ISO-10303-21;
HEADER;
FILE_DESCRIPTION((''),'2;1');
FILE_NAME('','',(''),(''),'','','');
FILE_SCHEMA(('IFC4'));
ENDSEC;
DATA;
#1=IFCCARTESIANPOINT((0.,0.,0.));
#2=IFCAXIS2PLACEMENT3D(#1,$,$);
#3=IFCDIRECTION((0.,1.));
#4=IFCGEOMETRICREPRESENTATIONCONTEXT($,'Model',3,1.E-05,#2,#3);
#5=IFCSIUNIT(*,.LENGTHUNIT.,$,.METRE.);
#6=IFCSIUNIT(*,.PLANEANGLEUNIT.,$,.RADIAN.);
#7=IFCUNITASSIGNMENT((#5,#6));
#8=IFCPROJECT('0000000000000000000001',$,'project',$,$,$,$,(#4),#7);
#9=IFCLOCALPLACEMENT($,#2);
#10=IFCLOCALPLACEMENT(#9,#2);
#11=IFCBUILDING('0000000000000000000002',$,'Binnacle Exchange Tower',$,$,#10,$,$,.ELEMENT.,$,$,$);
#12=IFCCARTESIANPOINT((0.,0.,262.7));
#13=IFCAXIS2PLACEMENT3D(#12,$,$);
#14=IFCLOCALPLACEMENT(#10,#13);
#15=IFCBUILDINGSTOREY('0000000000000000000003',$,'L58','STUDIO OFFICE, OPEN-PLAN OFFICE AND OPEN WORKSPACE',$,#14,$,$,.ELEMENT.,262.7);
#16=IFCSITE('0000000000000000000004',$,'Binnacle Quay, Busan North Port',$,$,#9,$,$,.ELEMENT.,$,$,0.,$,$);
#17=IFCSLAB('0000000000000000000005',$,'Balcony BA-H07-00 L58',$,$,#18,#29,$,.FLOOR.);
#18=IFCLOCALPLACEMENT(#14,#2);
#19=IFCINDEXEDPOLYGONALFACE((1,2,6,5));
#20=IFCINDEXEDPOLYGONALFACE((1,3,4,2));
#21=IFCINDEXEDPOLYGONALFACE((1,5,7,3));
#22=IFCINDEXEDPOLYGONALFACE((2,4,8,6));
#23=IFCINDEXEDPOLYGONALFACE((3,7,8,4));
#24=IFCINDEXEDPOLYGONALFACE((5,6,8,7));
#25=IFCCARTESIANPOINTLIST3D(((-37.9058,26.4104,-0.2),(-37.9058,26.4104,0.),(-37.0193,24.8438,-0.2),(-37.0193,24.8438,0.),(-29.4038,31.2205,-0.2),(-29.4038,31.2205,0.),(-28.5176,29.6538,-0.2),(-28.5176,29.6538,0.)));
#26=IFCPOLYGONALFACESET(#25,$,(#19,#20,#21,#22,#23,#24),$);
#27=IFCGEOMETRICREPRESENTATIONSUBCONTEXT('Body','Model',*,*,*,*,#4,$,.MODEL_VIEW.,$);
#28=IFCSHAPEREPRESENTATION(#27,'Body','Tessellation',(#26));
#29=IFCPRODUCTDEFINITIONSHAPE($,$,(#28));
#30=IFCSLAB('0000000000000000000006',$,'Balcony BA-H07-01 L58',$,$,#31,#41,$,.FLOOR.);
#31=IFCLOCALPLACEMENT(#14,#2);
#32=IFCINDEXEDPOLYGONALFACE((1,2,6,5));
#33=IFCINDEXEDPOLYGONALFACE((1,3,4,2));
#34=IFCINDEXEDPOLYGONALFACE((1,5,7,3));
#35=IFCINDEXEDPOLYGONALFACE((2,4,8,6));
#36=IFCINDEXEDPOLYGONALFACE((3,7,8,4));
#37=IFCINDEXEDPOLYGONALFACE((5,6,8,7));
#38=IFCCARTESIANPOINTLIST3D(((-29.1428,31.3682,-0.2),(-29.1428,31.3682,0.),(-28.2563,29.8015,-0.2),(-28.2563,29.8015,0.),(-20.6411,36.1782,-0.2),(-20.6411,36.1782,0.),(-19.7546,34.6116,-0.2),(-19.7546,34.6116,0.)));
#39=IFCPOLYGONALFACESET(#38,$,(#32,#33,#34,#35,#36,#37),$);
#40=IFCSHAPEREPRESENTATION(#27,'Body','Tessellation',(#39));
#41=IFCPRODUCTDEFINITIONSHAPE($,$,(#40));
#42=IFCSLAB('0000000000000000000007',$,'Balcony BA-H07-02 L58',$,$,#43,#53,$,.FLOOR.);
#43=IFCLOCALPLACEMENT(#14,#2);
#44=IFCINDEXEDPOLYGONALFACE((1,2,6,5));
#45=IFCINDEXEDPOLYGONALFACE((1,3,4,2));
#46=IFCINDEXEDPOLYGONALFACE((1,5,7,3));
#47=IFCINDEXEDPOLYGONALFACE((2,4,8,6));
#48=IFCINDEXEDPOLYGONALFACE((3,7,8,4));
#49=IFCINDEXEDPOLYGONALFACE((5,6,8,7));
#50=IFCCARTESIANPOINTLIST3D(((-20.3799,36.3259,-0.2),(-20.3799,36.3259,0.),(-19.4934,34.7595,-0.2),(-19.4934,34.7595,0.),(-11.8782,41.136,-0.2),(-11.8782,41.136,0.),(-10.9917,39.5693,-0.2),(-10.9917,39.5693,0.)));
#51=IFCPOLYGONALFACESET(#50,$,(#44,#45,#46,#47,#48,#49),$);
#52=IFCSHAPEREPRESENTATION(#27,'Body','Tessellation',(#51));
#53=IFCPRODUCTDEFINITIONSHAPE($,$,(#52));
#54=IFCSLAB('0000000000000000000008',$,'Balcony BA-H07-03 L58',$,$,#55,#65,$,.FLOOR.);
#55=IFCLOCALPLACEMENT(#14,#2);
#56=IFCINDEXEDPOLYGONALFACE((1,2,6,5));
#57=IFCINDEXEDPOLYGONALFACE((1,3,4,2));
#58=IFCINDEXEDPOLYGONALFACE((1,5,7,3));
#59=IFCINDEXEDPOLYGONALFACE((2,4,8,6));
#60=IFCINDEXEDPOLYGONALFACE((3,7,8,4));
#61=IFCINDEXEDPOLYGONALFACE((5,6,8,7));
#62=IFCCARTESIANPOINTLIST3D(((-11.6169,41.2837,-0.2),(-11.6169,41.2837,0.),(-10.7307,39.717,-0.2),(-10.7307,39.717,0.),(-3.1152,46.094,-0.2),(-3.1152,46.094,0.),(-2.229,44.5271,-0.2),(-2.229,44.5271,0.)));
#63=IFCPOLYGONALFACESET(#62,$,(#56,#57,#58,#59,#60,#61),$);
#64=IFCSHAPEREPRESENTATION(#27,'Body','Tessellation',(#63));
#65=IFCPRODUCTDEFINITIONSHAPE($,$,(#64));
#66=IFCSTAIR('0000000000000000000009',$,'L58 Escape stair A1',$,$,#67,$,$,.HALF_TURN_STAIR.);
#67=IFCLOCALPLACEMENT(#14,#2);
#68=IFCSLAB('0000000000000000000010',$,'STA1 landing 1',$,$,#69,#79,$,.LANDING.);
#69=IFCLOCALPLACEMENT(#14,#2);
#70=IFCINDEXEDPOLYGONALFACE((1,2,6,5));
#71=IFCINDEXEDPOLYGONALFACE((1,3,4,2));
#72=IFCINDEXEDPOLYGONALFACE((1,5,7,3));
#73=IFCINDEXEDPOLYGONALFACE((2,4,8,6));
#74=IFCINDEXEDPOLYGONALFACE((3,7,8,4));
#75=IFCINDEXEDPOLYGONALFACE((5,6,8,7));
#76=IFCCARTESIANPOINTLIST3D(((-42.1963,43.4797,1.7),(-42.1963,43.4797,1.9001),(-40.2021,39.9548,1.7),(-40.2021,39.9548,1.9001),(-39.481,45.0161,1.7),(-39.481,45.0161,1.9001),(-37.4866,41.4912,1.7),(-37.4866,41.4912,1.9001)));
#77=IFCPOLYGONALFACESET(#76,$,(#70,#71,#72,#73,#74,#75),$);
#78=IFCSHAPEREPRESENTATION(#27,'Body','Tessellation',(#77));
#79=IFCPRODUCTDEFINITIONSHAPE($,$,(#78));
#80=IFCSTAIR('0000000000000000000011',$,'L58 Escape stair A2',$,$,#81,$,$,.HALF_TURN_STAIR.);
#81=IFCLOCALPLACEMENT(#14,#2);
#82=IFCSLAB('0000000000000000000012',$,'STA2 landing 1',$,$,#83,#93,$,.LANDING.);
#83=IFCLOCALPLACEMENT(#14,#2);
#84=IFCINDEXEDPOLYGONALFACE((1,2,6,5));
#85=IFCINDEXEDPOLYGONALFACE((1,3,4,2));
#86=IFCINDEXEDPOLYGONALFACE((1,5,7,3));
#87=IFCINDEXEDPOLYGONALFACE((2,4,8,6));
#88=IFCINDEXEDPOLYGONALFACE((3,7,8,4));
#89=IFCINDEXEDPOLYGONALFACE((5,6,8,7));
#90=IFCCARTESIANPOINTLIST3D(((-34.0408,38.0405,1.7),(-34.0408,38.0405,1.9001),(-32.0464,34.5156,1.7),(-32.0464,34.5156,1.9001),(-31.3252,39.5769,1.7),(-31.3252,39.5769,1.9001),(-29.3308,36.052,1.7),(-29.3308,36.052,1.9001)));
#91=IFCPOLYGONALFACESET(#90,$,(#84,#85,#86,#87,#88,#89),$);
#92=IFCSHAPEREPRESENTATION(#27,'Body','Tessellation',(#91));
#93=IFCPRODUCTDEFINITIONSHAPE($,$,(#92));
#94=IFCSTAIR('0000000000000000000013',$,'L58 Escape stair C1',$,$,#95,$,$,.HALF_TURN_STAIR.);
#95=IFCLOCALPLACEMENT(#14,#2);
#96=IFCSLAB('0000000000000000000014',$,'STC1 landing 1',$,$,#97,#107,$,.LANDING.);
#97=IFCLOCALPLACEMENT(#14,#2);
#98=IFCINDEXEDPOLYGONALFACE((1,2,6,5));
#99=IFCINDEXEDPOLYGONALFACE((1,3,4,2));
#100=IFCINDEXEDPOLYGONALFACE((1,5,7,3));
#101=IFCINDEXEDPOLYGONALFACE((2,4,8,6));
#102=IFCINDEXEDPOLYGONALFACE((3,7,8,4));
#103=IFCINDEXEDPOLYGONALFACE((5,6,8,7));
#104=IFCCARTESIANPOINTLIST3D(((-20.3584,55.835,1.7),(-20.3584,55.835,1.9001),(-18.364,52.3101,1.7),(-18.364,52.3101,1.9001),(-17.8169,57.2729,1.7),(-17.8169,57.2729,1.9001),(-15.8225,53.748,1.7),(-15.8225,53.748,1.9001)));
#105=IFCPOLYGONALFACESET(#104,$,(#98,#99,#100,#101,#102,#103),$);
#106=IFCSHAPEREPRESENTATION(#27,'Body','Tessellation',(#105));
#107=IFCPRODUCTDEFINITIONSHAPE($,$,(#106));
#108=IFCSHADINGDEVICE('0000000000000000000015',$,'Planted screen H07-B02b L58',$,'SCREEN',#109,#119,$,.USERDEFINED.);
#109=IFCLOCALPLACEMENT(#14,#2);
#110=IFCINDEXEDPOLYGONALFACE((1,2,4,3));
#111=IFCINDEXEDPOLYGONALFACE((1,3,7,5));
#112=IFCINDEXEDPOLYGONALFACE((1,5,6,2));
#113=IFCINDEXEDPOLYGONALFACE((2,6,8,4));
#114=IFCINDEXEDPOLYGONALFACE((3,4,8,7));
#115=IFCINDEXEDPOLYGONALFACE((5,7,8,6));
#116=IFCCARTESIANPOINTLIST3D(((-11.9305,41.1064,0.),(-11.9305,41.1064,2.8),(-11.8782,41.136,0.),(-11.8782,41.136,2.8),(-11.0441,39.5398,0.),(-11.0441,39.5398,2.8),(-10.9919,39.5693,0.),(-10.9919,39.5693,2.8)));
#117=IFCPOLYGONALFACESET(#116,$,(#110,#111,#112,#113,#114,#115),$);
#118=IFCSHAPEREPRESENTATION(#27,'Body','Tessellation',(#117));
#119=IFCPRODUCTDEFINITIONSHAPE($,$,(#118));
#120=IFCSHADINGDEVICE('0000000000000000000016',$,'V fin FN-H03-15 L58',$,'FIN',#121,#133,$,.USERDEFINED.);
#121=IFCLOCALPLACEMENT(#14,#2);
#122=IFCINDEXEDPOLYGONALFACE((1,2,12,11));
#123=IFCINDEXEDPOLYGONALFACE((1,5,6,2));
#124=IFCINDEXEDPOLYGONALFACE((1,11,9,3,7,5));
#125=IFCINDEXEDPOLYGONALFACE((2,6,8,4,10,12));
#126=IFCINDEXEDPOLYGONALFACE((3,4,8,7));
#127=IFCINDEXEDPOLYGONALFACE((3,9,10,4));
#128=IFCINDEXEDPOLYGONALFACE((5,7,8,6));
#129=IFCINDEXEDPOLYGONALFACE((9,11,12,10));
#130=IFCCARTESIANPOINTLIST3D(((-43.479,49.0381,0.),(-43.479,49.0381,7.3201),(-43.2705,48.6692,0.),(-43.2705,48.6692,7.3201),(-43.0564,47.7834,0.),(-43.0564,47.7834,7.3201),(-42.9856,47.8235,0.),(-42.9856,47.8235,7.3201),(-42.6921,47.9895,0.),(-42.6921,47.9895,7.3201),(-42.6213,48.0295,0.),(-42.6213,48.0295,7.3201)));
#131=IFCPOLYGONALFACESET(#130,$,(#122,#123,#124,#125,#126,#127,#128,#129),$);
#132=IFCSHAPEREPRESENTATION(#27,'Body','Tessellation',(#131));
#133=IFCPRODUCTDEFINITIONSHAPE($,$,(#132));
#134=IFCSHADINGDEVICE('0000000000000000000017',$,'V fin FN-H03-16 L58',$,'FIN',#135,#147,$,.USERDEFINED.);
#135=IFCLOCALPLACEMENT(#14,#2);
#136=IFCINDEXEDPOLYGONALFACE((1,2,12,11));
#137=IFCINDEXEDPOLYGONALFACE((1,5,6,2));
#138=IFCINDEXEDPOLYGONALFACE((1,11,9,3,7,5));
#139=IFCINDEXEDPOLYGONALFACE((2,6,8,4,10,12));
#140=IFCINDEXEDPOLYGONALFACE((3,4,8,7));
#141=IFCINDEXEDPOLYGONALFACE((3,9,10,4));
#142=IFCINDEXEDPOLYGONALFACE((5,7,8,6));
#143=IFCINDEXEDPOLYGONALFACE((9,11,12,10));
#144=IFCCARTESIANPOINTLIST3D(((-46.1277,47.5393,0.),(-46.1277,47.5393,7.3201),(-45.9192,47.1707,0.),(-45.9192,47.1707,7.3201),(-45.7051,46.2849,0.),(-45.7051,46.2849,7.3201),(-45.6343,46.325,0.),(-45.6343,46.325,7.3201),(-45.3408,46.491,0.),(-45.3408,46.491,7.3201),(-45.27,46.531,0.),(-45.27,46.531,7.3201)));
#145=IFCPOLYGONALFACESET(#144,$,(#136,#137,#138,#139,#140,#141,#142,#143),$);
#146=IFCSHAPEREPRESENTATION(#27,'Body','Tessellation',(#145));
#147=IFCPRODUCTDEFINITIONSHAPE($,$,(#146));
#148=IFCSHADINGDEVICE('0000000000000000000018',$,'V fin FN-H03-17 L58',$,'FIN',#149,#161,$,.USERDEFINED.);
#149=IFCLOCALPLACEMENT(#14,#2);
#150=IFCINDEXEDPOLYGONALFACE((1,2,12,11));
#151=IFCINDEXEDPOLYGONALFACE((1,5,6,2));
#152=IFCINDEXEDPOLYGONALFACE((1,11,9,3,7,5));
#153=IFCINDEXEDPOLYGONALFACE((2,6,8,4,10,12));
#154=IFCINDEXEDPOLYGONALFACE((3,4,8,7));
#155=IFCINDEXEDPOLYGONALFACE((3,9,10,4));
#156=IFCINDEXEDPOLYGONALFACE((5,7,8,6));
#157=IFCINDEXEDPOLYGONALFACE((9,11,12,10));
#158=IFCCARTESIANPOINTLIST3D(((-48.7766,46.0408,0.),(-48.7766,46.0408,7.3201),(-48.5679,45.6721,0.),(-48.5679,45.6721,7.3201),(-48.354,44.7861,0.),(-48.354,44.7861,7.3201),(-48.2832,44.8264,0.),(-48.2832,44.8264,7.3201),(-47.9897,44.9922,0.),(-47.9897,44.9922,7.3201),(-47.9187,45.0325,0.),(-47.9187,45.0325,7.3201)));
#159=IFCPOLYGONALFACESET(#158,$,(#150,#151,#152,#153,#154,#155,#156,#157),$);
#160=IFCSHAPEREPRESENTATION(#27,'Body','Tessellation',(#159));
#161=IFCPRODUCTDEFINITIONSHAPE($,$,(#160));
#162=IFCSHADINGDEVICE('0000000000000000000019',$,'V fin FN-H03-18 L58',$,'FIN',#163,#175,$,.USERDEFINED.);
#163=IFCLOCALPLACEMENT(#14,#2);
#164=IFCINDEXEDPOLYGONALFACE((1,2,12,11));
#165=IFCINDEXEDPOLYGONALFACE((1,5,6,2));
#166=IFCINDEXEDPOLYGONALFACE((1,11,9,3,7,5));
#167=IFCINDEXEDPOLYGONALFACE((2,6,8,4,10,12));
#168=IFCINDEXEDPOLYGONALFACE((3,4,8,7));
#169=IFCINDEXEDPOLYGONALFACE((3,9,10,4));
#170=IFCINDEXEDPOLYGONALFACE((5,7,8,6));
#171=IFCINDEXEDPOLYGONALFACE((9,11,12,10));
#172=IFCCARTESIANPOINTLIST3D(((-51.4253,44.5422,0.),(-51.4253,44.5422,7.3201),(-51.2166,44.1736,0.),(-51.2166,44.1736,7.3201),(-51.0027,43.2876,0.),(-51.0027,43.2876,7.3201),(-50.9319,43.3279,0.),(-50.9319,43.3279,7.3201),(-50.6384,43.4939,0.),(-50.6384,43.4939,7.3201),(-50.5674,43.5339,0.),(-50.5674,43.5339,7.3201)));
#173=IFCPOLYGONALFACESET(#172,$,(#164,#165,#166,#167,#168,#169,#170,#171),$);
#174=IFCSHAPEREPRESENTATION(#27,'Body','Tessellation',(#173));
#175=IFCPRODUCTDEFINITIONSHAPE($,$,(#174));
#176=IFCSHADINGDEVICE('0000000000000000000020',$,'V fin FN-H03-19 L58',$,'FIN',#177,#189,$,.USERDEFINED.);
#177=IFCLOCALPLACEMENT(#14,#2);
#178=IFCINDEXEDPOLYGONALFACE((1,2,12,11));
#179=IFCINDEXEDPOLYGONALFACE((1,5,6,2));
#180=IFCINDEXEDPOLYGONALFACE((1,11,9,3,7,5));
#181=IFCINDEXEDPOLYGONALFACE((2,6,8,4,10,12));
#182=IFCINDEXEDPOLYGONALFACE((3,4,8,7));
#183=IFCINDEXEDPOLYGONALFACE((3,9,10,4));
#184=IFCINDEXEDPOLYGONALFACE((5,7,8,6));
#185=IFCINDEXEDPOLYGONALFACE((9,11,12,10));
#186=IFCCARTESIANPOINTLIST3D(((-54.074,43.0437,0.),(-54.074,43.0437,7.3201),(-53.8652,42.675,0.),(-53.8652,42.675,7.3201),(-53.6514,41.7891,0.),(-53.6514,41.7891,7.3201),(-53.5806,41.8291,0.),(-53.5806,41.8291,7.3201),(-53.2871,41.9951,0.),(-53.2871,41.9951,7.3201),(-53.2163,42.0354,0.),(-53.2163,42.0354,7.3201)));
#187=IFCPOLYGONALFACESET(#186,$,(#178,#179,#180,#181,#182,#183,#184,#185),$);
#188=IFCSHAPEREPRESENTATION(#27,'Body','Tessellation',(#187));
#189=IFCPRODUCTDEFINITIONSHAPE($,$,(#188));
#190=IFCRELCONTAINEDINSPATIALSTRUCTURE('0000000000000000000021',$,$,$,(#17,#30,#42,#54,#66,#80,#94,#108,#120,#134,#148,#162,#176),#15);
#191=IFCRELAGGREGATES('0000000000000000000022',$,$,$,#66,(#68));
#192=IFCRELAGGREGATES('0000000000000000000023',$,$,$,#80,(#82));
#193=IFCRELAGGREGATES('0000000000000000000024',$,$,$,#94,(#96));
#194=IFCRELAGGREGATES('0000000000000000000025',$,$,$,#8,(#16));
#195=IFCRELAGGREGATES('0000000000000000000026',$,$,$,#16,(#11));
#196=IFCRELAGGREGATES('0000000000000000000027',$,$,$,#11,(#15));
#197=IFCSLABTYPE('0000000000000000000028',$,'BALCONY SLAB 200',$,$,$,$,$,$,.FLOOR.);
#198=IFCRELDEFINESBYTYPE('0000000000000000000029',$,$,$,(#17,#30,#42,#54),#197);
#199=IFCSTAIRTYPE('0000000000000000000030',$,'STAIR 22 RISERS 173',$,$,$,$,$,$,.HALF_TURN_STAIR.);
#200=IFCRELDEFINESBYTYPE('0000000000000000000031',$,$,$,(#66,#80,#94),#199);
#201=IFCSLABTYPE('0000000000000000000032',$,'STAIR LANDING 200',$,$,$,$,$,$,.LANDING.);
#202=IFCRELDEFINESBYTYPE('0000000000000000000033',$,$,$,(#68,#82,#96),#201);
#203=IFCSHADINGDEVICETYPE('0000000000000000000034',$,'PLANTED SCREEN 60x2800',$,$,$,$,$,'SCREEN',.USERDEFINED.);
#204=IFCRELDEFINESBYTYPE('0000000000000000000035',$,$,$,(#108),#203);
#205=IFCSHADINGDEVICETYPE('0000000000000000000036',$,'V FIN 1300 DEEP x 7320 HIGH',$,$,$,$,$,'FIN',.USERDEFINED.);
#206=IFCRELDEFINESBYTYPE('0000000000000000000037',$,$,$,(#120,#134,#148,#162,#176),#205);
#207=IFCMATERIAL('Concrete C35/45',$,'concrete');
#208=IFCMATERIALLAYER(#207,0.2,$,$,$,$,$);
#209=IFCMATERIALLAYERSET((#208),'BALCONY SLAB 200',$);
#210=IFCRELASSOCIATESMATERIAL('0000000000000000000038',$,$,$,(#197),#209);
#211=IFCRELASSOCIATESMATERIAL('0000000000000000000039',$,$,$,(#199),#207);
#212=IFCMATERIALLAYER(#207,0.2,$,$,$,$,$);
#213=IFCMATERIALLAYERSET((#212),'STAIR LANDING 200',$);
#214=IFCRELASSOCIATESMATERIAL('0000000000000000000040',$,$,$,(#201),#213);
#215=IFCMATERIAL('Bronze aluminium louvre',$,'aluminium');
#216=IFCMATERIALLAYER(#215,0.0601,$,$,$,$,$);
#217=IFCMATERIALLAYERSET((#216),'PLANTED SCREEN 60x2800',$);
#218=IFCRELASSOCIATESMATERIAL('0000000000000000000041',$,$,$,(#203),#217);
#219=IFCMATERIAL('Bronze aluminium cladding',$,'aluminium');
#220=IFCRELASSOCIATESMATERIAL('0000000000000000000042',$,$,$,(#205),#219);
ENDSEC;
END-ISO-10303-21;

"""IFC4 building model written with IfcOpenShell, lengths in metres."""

from ifc_helpers import new_model, si_unit, direction, frame, origin, origin_2d, place, context, subcontext, project, spatial, polyline, rectangle, outline, extrude, material, layer, layer_set, type_object, element, aggregate, save


model = new_model("IFC4")

# Units and contexts
model_context = context("Model", 3, precision=1e-05, world=origin(), true_north=direction((0.0, 1.0)))
body_context = subcontext(model_context, "Body", "Model", "MODEL_VIEW")
ifc_project = project(units=[si_unit("LENGTHUNIT", "METRE"), si_unit("PLANEANGLEUNIT", "RADIAN")], contexts=[model_context])

# Site, building, storey
site_placement = place(None, origin())
site = spatial("IfcSite", under=ifc_project, at=site_placement, Name="Binnacle Quay, Busan North Port", CompositionType="ELEMENT", RefElevation=0.0)
building_placement = place(site_placement, origin())
building = spatial("IfcBuilding", under=site, at=building_placement, Name="Binnacle Exchange Tower", CompositionType="ELEMENT")
storey_placement = place(building_placement, frame((0.0, 0.0, 262.7)))
storey = spatial("IfcBuildingStorey", under=building, at=storey_placement, Name="L58", Description="STUDIO OFFICE, OPEN-PLAN OFFICE AND OPEN WORKSPACE", CompositionType="ELEMENT", Elevation=262.7)

# Slabs
ifc_material_1 = material(Name="Concrete C35/45", Category="concrete")
ifc_layer_1 = layer(ifc_material_1, 0.2)
ifc_layer_set_1 = layer_set([ifc_layer_1], Name="BALCONY SLAB 200")
slab_type_1 = type_object("IfcSlabType", Name="BALCONY SLAB 200", PredefinedType="FLOOR", material=ifc_layer_set_1)
slab_1_placement = place(storey_placement, frame((0.0, 0.0, -0.2)))
element("IfcSlab", 1, at=slab_1_placement, inside=storey, type_object=slab_type_1, Name="Balcony BA-H07-00 L58", PredefinedType="FLOOR", context=body_context, shape_type="SweptSolid", body=[
    extrude(outline(polyline([(-37.9058, 26.4104), (-29.4038, 31.2205), (-28.5176, 29.6538), (-37.0193, 24.8438), (-37.9058, 26.4104)])), origin(), (0.0, 0.0, 1.0), 0.2),
])
slab_2_placement = place(storey_placement, frame((0.0, 0.0, -0.2)))
element("IfcSlab", 2, at=slab_2_placement, inside=storey, type_object=slab_type_1, Name="Balcony BA-H07-01 L58", PredefinedType="FLOOR", context=body_context, shape_type="SweptSolid", body=[
    extrude(outline(polyline([(-29.1428, 31.3682), (-20.6411, 36.1782), (-19.7546, 34.6116), (-28.2563, 29.8015), (-29.1428, 31.3682)])), origin(), (0.0, 0.0, 1.0), 0.2),
])
slab_3_placement = place(storey_placement, frame((0.0, 0.0, -0.2)))
element("IfcSlab", 3, at=slab_3_placement, inside=storey, type_object=slab_type_1, Name="Balcony BA-H07-02 L58", PredefinedType="FLOOR", context=body_context, shape_type="SweptSolid", body=[
    extrude(outline(polyline([(-20.3799, 36.3259), (-11.8782, 41.136), (-10.9917, 39.5693), (-19.4934, 34.7595), (-20.3799, 36.3259)])), origin(), (0.0, 0.0, 1.0), 0.2),
])
slab_4_placement = place(storey_placement, frame((0.0, 0.0, -0.2)))
element("IfcSlab", 4, at=slab_4_placement, inside=storey, type_object=slab_type_1, Name="Balcony BA-H07-03 L58", PredefinedType="FLOOR", context=body_context, shape_type="SweptSolid", body=[
    extrude(outline(polyline([(-11.6169, 41.2837), (-3.1152, 46.094), (-2.229, 44.5271), (-10.7307, 39.717), (-11.6169, 41.2837)])), origin(), (0.0, 0.0, 1.0), 0.2),
])

# Stairs, slabs
stair_type = type_object("IfcStairType", Name="STAIR 22 RISERS 173", PredefinedType="HALF_TURN_STAIR", material=ifc_material_1)
stair_1_placement = place(storey_placement, origin())
stair_1 = element("IfcStair", 5, at=stair_1_placement, inside=storey, type_object=stair_type, Name="L58 Escape stair A1", PredefinedType="HALF_TURN_STAIR")
ifc_layer_2 = layer(ifc_material_1, 0.2)
ifc_layer_set_2 = layer_set([ifc_layer_2], Name="STAIR LANDING 200")
slab_type_2 = type_object("IfcSlabType", Name="STAIR LANDING 200", PredefinedType="LANDING", material=ifc_layer_set_2)
slab_5_placement = place(storey_placement, frame((0.0, 0.0, 1.7)))
slab_5 = element("IfcSlab", 6, at=slab_5_placement, type_object=slab_type_2, Name="STA1 landing 1", PredefinedType="LANDING", context=body_context, shape_type="SweptSolid", body=[
    extrude(outline(polyline([(-40.2021, 39.9548), (-37.4866, 41.4912), (-39.481, 45.0161), (-42.1963, 43.4797), (-40.2021, 39.9548)])), origin(), (0.0, 0.0, 1.0), 0.2002),
])
aggregate(stair_1, [slab_5])
stair_2_placement = place(storey_placement, origin())
stair_2 = element("IfcStair", 7, at=stair_2_placement, inside=storey, type_object=stair_type, Name="L58 Escape stair A2", PredefinedType="HALF_TURN_STAIR")
slab_6_placement = place(storey_placement, frame((0.0, 0.0, 1.7)))
slab_6 = element("IfcSlab", 8, at=slab_6_placement, type_object=slab_type_2, Name="STA2 landing 1", PredefinedType="LANDING", context=body_context, shape_type="SweptSolid", body=[
    extrude(outline(polyline([(-31.3252, 39.5769), (-34.0408, 38.0405), (-32.0464, 34.5156), (-29.3308, 36.052), (-31.3252, 39.5769)])), origin(), (0.0, 0.0, 1.0), 0.2002),
])
aggregate(stair_2, [slab_6])
stair_3_placement = place(storey_placement, origin())
stair_3 = element("IfcStair", 9, at=stair_3_placement, inside=storey, type_object=stair_type, Name="L58 Escape stair C1", PredefinedType="HALF_TURN_STAIR")
slab_7_placement = place(storey_placement, frame((0.0, 0.0, 1.7)))
slab_7 = element("IfcSlab", 10, at=slab_7_placement, type_object=slab_type_2, Name="STC1 landing 1", PredefinedType="LANDING", context=body_context, shape_type="SweptSolid", body=[
    extrude(outline(polyline([(-18.364, 52.3101), (-15.8225, 53.748), (-17.8169, 57.2729), (-20.3584, 55.835), (-18.364, 52.3101)])), origin(), (0.0, 0.0, 1.0), 0.2002),
])
aggregate(stair_3, [slab_7])

# Shading devices
ifc_material_2 = material(Name="Bronze aluminium louvre", Category="aluminium")
ifc_layer_3 = layer(ifc_material_2, 0.0601)
ifc_layer_set_3 = layer_set([ifc_layer_3], Name="PLANTED SCREEN 60x2800")
shading_device_type_1 = type_object("IfcShadingDeviceType", Name="PLANTED SCREEN 60x2800", ElementType="SCREEN", PredefinedType="USERDEFINED", material=ifc_layer_set_3)
shading_device_1_placement = place(storey_placement, frame((-11.4612, 40.3379, 0.0), z_axis=(0.0, 0.0, 1.0), x_axis=(0.870356, 0.492424, 0.0)))
element("IfcShadingDevice", 11, at=shading_device_1_placement, inside=storey, type_object=shading_device_type_1, Name="Planted screen H07-B02b L58", ObjectType="SCREEN", PredefinedType="USERDEFINED", context=body_context, shape_type="SweptSolid", body=[
    extrude(rectangle(XDim=0.0601, YDim=1.8, at=origin_2d()), origin(), (0.0, 0.0, 1.0), 2.8),
])
ifc_material_3 = material(Name="Bronze aluminium cladding", Category="aluminium")
shading_device_type_2 = type_object("IfcShadingDeviceType", Name="V FIN 1300 DEEP x 7320 HIGH", ElementType="FIN", PredefinedType="USERDEFINED", material=ifc_material_3)
shading_device_2_placement = place(storey_placement, origin())
element("IfcShadingDevice", 12, at=shading_device_2_placement, inside=storey, type_object=shading_device_type_2, Name="V fin FN-H03-15 L58", ObjectType="FIN", PredefinedType="USERDEFINED", context=body_context, shape_type="SweptSolid", body=[
    extrude(outline(polyline([(-42.6213, 48.0295), (-43.479, 49.0381), (-43.0564, 47.7834), (-42.9856, 47.8235), (-43.2705, 48.6692), (-42.6921, 47.9895), (-42.6213, 48.0295)])), origin(), (0.0, 0.0, 1.0), 7.3201),
])
shading_device_3_placement = place(storey_placement, origin())
element("IfcShadingDevice", 13, at=shading_device_3_placement, inside=storey, type_object=shading_device_type_2, Name="V fin FN-H03-16 L58", ObjectType="FIN", PredefinedType="USERDEFINED", context=body_context, shape_type="SweptSolid", body=[
    extrude(outline(polyline([(-45.27, 46.531), (-46.1277, 47.5393), (-45.7051, 46.2849), (-45.6343, 46.325), (-45.9192, 47.1707), (-45.3408, 46.491), (-45.27, 46.531)])), origin(), (0.0, 0.0, 1.0), 7.3201),
])
shading_device_4_placement = place(storey_placement, origin())
element("IfcShadingDevice", 14, at=shading_device_4_placement, inside=storey, type_object=shading_device_type_2, Name="V fin FN-H03-17 L58", ObjectType="FIN", PredefinedType="USERDEFINED", context=body_context, shape_type="SweptSolid", body=[
    extrude(outline(polyline([(-47.9187, 45.0325), (-48.7766, 46.0408), (-48.354, 44.7861), (-48.2832, 44.8264), (-48.5679, 45.6721), (-47.9897, 44.9922), (-47.9187, 45.0325)])), origin(), (0.0, 0.0, 1.0), 7.3201),
])
shading_device_5_placement = place(storey_placement, origin())
element("IfcShadingDevice", 15, at=shading_device_5_placement, inside=storey, type_object=shading_device_type_2, Name="V fin FN-H03-18 L58", ObjectType="FIN", PredefinedType="USERDEFINED", context=body_context, shape_type="SweptSolid", body=[
    extrude(outline(polyline([(-50.5674, 43.5339), (-51.4253, 44.5422), (-51.0027, 43.2876), (-50.9319, 43.3279), (-51.2166, 44.1736), (-50.6384, 43.4939), (-50.5674, 43.5339)])), origin(), (0.0, 0.0, 1.0), 7.3201),
])
shading_device_6_placement = place(storey_placement, origin())
element("IfcShadingDevice", 16, at=shading_device_6_placement, inside=storey, type_object=shading_device_type_2, Name="V fin FN-H03-19 L58", ObjectType="FIN", PredefinedType="USERDEFINED", context=body_context, shape_type="SweptSolid", body=[
    extrude(outline(polyline([(-53.2163, 42.0354), (-54.074, 43.0437), (-53.6514, 41.7891), (-53.5806, 41.8291), (-53.8652, 42.675), (-53.2871, 41.9951), (-53.2163, 42.0354)])), origin(), (0.0, 0.0, 1.0), 7.3201),
])

save(model, "model.ifc")
